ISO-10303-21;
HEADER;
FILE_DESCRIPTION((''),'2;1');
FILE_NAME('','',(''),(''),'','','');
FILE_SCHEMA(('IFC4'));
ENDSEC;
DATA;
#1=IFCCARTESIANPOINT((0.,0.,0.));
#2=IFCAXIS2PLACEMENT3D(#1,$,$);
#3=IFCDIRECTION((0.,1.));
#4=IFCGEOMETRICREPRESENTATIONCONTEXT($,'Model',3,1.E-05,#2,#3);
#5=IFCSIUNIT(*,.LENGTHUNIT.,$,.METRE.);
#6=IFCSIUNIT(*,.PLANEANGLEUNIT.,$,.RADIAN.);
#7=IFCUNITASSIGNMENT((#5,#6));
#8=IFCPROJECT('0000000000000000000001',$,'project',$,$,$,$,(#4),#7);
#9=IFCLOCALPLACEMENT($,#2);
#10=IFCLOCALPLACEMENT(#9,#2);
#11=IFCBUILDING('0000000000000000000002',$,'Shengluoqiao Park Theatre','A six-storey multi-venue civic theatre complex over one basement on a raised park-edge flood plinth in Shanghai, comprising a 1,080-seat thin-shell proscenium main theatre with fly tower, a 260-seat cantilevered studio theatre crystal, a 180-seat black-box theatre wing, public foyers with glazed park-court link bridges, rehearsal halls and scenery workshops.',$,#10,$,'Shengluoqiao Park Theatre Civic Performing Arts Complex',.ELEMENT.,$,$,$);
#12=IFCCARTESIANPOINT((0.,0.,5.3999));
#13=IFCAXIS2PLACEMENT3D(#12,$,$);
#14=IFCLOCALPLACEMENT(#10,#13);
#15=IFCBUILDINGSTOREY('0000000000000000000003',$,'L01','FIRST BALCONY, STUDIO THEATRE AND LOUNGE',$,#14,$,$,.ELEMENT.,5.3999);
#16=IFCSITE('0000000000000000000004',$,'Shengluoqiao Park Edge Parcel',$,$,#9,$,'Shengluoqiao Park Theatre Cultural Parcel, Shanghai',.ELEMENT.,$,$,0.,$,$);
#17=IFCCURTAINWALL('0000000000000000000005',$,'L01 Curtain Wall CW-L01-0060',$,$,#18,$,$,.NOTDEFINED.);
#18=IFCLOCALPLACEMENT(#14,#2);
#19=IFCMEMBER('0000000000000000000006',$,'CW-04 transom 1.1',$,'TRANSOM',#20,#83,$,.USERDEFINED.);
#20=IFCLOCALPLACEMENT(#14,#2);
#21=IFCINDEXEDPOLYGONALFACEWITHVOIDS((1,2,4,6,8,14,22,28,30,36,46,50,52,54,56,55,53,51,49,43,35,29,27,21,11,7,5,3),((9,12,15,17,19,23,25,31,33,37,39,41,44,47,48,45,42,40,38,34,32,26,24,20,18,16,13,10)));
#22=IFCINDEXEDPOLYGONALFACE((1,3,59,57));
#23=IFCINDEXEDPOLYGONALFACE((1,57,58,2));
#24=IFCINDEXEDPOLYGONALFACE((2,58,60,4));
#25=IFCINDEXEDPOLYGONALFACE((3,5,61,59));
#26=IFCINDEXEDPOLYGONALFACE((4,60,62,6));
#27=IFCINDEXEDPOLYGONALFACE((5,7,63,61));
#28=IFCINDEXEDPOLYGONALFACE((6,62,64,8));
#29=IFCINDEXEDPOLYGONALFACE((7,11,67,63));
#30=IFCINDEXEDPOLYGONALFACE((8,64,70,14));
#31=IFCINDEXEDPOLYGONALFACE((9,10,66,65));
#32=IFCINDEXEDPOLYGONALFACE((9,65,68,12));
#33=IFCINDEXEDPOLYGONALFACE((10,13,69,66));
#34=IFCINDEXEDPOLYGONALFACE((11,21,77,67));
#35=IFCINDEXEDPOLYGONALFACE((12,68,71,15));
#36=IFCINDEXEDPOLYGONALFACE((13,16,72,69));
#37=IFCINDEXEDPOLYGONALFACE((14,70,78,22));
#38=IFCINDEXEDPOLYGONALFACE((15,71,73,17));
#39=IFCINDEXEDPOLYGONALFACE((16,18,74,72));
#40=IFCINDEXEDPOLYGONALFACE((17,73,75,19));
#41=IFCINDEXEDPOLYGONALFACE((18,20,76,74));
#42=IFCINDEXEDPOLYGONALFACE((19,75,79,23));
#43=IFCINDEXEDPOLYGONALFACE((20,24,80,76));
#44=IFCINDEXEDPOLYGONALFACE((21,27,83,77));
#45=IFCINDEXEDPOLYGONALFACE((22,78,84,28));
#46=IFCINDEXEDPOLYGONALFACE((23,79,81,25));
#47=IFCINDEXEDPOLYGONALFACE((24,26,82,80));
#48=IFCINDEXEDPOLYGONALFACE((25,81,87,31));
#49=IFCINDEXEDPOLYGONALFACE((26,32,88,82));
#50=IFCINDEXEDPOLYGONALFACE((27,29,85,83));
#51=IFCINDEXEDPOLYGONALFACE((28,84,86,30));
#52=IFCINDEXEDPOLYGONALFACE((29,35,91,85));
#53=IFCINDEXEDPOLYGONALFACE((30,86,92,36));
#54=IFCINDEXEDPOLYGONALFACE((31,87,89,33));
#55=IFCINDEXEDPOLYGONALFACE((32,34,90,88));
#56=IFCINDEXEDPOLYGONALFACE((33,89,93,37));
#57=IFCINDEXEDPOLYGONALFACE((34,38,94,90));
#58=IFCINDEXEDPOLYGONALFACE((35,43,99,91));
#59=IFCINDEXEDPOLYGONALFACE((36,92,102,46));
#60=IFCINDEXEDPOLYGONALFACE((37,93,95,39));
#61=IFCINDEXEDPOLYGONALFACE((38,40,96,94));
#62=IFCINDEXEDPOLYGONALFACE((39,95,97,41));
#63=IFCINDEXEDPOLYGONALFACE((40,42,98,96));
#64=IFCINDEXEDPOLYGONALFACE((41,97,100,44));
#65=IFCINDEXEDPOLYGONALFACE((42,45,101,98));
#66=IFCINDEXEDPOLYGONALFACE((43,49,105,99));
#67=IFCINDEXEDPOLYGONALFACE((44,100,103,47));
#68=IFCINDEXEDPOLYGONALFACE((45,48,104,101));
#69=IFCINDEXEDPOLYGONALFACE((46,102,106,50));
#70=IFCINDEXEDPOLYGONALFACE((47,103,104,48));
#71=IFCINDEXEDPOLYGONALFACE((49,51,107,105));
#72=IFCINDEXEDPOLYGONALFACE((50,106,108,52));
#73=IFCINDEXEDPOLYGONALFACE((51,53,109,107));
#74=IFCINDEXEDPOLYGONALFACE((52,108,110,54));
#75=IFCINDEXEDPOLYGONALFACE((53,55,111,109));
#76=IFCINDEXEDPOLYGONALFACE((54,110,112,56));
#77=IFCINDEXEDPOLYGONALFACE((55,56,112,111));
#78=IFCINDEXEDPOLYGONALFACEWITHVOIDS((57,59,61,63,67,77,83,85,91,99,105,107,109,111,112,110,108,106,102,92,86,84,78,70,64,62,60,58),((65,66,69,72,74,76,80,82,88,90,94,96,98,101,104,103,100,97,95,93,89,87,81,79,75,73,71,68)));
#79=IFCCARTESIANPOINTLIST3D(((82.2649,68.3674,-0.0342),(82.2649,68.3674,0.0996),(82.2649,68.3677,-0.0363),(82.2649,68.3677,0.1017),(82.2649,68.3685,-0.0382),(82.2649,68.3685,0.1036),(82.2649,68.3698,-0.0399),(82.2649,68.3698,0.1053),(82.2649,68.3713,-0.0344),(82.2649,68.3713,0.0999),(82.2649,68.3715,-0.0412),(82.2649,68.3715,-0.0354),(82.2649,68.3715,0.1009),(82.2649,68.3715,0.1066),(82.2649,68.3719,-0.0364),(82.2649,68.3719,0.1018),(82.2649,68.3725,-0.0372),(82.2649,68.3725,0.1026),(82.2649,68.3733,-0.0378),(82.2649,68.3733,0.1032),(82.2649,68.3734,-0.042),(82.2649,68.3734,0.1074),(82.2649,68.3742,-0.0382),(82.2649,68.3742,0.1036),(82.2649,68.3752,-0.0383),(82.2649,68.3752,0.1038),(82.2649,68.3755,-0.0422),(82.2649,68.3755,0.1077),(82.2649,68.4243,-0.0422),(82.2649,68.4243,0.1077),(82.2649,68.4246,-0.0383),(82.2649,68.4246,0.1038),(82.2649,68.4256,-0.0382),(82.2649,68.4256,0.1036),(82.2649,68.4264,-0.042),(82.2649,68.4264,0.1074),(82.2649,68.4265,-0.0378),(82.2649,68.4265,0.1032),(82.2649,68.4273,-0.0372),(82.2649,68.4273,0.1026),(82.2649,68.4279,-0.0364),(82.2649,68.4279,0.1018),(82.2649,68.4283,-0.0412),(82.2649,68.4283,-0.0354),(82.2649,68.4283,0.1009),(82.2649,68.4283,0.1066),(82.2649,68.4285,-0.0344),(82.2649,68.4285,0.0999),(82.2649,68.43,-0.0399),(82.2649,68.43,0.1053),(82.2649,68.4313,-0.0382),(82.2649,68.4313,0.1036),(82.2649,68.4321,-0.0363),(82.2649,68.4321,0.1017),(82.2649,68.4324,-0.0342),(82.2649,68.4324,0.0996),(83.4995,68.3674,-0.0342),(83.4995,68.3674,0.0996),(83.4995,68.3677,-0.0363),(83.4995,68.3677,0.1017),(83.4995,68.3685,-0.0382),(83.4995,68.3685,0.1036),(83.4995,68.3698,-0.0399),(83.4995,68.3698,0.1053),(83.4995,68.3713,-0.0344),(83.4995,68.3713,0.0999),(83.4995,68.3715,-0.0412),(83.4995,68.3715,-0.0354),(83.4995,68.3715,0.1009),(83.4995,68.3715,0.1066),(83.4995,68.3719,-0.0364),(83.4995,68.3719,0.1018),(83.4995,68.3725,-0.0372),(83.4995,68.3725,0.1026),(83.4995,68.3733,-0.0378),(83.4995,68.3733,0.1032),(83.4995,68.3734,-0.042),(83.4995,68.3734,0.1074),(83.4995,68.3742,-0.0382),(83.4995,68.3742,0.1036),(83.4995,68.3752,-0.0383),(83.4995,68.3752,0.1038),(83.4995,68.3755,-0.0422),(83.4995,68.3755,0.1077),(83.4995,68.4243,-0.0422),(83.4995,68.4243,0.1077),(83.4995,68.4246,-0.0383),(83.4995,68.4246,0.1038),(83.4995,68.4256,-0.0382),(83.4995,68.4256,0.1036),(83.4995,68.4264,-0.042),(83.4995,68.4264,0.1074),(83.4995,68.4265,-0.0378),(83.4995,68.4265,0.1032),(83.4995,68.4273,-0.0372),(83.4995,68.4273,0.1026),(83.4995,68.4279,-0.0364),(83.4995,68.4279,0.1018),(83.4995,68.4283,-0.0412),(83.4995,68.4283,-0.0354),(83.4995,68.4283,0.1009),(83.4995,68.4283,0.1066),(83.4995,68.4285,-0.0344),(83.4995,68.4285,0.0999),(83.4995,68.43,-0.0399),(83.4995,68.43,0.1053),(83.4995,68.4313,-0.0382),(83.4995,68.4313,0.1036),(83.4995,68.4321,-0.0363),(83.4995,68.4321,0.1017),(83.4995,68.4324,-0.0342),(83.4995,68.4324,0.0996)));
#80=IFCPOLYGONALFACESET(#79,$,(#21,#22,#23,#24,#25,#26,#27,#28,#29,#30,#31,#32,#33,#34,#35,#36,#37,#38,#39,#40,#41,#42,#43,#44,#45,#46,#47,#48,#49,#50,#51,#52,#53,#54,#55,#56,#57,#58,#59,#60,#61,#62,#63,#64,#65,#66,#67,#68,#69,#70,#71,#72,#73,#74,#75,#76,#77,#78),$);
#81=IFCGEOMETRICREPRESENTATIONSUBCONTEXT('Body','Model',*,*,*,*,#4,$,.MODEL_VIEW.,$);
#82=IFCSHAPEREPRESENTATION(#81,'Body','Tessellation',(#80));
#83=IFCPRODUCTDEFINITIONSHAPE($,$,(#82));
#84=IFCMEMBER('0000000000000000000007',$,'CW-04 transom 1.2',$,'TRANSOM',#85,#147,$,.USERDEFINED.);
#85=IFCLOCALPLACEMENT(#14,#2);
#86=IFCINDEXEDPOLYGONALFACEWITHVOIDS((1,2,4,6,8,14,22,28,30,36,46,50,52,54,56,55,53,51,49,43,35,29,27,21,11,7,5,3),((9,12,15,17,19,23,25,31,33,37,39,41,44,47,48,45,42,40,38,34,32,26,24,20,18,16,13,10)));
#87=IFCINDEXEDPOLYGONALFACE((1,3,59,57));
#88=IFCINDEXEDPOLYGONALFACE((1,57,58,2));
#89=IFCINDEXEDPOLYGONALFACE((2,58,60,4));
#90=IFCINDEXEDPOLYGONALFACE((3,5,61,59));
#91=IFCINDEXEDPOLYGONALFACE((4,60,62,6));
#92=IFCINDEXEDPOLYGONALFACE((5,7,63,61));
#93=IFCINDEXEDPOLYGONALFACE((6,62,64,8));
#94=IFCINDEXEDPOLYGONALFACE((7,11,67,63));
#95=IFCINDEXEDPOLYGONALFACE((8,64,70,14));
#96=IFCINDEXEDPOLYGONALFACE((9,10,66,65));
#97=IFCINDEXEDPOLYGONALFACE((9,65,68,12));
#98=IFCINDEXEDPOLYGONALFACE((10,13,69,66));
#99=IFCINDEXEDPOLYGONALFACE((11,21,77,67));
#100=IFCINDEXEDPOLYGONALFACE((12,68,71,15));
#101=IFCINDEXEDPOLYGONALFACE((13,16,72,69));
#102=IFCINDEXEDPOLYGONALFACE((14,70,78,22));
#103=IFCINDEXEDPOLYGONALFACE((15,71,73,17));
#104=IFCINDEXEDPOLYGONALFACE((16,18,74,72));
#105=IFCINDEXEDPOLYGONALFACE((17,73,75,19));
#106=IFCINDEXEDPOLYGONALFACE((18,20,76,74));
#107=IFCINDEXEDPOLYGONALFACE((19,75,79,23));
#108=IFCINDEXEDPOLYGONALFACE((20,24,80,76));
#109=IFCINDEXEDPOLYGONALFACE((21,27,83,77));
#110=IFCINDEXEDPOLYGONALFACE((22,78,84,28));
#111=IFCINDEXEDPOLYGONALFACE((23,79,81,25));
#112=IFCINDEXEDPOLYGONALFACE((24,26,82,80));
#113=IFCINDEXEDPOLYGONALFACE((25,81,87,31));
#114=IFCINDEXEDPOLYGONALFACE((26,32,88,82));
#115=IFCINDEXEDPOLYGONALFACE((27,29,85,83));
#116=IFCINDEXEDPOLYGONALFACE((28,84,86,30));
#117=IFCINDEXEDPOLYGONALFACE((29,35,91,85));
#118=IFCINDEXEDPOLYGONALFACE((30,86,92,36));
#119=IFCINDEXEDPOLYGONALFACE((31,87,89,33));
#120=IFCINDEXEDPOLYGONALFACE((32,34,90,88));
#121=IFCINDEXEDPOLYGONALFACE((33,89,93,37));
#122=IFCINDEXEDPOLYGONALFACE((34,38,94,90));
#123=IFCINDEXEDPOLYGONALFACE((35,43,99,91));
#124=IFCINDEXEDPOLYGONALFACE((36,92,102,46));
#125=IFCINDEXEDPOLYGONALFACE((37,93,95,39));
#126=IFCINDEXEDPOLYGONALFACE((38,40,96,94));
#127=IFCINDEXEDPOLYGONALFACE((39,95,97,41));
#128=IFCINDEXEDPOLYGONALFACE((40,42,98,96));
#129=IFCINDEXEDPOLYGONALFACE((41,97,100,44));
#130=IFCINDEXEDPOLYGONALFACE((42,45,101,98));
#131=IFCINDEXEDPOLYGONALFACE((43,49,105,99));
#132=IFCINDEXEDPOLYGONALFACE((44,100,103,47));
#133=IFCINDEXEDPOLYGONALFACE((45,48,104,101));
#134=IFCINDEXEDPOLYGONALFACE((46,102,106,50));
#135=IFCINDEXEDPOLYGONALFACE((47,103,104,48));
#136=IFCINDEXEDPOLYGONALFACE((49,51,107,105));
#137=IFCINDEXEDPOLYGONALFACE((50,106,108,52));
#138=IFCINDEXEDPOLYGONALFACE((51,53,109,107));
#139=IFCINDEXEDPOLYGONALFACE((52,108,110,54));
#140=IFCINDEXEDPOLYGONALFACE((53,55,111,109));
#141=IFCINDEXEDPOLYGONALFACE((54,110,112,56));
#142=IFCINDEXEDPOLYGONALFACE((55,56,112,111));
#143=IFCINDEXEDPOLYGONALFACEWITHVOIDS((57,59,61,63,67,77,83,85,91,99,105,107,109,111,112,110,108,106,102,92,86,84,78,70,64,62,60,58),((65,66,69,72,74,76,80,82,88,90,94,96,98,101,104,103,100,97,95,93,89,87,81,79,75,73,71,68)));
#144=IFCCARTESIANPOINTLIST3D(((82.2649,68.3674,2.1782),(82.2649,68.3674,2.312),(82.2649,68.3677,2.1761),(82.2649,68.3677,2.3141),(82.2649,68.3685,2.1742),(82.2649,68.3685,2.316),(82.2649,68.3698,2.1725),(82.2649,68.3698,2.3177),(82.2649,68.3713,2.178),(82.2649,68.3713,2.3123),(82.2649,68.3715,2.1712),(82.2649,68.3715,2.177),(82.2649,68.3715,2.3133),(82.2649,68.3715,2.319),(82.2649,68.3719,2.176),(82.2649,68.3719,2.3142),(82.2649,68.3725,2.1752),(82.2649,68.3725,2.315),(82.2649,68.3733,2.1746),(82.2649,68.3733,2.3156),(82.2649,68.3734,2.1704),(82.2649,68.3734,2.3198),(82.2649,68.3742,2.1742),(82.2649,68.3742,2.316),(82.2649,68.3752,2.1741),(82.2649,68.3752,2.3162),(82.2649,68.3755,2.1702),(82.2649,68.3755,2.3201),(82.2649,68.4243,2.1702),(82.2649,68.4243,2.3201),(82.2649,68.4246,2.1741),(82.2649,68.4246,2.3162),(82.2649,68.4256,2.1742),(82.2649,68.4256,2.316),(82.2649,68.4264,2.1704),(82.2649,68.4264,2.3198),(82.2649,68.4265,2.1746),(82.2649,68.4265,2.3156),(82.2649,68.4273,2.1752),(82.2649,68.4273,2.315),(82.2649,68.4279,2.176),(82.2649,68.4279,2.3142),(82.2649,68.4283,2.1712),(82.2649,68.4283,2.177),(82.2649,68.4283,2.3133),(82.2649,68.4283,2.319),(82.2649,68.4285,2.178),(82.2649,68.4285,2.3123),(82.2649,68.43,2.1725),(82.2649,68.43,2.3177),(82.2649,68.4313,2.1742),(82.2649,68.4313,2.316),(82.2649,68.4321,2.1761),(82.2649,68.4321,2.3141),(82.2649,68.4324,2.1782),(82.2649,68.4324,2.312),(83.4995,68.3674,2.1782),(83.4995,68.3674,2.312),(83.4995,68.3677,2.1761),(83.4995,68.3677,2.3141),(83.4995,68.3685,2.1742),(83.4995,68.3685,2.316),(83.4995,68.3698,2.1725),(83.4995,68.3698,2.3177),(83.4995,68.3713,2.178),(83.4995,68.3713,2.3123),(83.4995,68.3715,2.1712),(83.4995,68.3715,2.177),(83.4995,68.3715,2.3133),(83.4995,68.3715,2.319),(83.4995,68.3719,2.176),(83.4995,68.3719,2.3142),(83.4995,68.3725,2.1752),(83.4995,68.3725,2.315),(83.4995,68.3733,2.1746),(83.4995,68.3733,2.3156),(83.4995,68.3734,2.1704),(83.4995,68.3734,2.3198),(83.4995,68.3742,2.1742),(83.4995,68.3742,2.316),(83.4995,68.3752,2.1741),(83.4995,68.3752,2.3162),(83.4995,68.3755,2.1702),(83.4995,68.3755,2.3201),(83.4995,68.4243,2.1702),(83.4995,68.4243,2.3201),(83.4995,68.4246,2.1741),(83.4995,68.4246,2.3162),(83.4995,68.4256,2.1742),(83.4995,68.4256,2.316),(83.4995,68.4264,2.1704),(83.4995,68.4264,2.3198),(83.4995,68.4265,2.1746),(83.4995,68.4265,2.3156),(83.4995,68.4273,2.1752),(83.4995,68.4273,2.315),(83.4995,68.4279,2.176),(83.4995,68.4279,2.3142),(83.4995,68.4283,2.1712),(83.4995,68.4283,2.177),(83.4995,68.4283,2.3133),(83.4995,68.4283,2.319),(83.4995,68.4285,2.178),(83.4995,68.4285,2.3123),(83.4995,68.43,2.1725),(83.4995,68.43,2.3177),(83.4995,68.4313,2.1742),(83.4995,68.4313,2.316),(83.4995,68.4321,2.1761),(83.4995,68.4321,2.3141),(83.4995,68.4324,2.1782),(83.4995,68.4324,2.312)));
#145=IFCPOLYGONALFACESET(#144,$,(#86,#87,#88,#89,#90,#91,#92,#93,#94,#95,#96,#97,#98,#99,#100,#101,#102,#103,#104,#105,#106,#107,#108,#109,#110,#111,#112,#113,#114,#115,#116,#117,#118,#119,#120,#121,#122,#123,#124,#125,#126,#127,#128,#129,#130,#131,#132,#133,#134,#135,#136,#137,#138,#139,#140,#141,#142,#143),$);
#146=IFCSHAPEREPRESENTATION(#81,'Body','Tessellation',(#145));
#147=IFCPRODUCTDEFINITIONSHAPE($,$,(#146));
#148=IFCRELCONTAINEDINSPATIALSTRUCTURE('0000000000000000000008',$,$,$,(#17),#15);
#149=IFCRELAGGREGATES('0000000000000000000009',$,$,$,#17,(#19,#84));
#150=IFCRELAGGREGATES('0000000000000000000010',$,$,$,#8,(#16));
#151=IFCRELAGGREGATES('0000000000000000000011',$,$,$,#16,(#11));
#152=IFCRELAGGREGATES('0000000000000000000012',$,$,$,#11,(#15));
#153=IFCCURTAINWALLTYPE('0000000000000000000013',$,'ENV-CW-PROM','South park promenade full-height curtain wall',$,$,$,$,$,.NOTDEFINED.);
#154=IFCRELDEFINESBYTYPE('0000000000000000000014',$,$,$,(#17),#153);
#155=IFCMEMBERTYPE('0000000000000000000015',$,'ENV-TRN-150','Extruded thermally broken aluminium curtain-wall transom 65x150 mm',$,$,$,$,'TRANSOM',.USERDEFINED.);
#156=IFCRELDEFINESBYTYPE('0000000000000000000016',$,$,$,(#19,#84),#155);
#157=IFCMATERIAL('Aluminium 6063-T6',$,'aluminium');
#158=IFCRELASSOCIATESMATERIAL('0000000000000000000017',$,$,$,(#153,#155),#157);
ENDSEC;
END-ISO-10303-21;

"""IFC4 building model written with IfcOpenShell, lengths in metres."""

from ifc_helpers import new_model, si_unit, direction, frame, origin, origin_2d, place, context, subcontext, project, spatial, hollow_rectangle, extrude, material, material_profile, profile_set, type_object, element, aggregate, save


model = new_model("IFC4")

# Units and contexts
model_context = context("Model", 3, precision=1e-05, world=origin(), true_north=direction((0.0, 1.0)))
body_context = subcontext(model_context, "Body", "Model", "MODEL_VIEW")
ifc_project = project(units=[si_unit("LENGTHUNIT", "METRE"), si_unit("PLANEANGLEUNIT", "RADIAN")], contexts=[model_context])

# Site, building, storey
site_placement = place(None, origin())
site = spatial("IfcSite", under=ifc_project, at=site_placement, Name="Shengluoqiao Park Edge Parcel", LongName="Shengluoqiao Park Theatre Cultural Parcel, Shanghai", CompositionType="ELEMENT", RefElevation=0.0)
building_placement = place(site_placement, origin())
building = spatial("IfcBuilding", under=site, at=building_placement, Name="Shengluoqiao Park Theatre", Description="A six-storey multi-venue civic theatre complex over one basement on a raised park-edge flood plinth in Shanghai, comprising a 1,080-seat thin-shell proscenium main theatre with fly tower, a 260-seat cantilevered studio theatre crystal, a 180-seat black-box theatre wing, public foyers with glazed park-court link bridges, rehearsal halls and scenery workshops.", LongName="Shengluoqiao Park Theatre Civic Performing Arts Complex", CompositionType="ELEMENT")
storey_placement = place(building_placement, frame((0.0, 0.0, 5.3999)))
storey = spatial("IfcBuildingStorey", under=building, at=storey_placement, Name="L01", Description="FIRST BALCONY, STUDIO THEATRE AND LOUNGE", CompositionType="ELEMENT", Elevation=5.3999)

# Curtain wall
ifc_material_1 = material(Name="Aluminium 6063-T6", Category="aluminium")
curtain_wall_type = type_object("IfcCurtainWallType", Name="ENV-CW-PROM", Description="South park promenade full-height curtain wall", PredefinedType="NOTDEFINED", material=ifc_material_1)
curtain_wall_1_placement = place(storey_placement, origin())
curtain_wall_1 = element("IfcCurtainWall", 1, at=curtain_wall_1_placement, inside=storey, type_object=curtain_wall_type, Name="L01 Curtain Wall CW-L01-0060", PredefinedType="NOTDEFINED")

# Members
ifc_material_profile_1 = material_profile(ifc_material_1, hollow_rectangle(XDim=0.0649, YDim=0.1499, WallThickness=0.0039, InnerFilletRadius=0.0039, OuterFilletRadius=0.0081, at=origin_2d()), Name="ALU TRANSOM 150x65x4")
ifc_profile_set_1 = profile_set([ifc_material_profile_1], Name="Aluminium 6063-T6")
member_type_1 = type_object("IfcMemberType", Name="ENV-TRN-150", Description="Extruded thermally broken aluminium curtain-wall transom 65x150 mm", ElementType="TRANSOM", PredefinedType="USERDEFINED", material=ifc_profile_set_1)
member_1_placement = place(storey_placement, frame((82.2649, 68.3999, 0.0327), z_axis=(1.0, 0.0, 0.0), x_axis=(0.0, 1.0, 0.0)))
member_1 = element("IfcMember", 2, at=member_1_placement, type_object=member_type_1, Name="CW-04 transom 1.1", ObjectType="TRANSOM", PredefinedType="USERDEFINED", context=body_context, shape_type="SweptSolid", body=[
    extrude(hollow_rectangle(XDim=0.0649, YDim=0.1499, WallThickness=0.0039, InnerFilletRadius=0.0039, OuterFilletRadius=0.0081, at=origin_2d()), origin(), (0.0, 0.0, 1.0), 1.2346),
])
member_2_placement = place(storey_placement, frame((82.2649, 68.3999, 2.2451), z_axis=(1.0, 0.0, 0.0), x_axis=(0.0, 1.0, 0.0)))
member_2 = element("IfcMember", 3, at=member_2_placement, type_object=member_type_1, Name="CW-04 transom 1.2", ObjectType="TRANSOM", PredefinedType="USERDEFINED", context=body_context, shape_type="SweptSolid", body=[
    extrude(hollow_rectangle(XDim=0.0649, YDim=0.1499, WallThickness=0.0039, InnerFilletRadius=0.0039, OuterFilletRadius=0.0081, at=origin_2d()), origin(), (0.0, 0.0, 1.0), 1.2346),
])

aggregate(curtain_wall_1, [member_1, member_2])

save(model, "model.ifc")
